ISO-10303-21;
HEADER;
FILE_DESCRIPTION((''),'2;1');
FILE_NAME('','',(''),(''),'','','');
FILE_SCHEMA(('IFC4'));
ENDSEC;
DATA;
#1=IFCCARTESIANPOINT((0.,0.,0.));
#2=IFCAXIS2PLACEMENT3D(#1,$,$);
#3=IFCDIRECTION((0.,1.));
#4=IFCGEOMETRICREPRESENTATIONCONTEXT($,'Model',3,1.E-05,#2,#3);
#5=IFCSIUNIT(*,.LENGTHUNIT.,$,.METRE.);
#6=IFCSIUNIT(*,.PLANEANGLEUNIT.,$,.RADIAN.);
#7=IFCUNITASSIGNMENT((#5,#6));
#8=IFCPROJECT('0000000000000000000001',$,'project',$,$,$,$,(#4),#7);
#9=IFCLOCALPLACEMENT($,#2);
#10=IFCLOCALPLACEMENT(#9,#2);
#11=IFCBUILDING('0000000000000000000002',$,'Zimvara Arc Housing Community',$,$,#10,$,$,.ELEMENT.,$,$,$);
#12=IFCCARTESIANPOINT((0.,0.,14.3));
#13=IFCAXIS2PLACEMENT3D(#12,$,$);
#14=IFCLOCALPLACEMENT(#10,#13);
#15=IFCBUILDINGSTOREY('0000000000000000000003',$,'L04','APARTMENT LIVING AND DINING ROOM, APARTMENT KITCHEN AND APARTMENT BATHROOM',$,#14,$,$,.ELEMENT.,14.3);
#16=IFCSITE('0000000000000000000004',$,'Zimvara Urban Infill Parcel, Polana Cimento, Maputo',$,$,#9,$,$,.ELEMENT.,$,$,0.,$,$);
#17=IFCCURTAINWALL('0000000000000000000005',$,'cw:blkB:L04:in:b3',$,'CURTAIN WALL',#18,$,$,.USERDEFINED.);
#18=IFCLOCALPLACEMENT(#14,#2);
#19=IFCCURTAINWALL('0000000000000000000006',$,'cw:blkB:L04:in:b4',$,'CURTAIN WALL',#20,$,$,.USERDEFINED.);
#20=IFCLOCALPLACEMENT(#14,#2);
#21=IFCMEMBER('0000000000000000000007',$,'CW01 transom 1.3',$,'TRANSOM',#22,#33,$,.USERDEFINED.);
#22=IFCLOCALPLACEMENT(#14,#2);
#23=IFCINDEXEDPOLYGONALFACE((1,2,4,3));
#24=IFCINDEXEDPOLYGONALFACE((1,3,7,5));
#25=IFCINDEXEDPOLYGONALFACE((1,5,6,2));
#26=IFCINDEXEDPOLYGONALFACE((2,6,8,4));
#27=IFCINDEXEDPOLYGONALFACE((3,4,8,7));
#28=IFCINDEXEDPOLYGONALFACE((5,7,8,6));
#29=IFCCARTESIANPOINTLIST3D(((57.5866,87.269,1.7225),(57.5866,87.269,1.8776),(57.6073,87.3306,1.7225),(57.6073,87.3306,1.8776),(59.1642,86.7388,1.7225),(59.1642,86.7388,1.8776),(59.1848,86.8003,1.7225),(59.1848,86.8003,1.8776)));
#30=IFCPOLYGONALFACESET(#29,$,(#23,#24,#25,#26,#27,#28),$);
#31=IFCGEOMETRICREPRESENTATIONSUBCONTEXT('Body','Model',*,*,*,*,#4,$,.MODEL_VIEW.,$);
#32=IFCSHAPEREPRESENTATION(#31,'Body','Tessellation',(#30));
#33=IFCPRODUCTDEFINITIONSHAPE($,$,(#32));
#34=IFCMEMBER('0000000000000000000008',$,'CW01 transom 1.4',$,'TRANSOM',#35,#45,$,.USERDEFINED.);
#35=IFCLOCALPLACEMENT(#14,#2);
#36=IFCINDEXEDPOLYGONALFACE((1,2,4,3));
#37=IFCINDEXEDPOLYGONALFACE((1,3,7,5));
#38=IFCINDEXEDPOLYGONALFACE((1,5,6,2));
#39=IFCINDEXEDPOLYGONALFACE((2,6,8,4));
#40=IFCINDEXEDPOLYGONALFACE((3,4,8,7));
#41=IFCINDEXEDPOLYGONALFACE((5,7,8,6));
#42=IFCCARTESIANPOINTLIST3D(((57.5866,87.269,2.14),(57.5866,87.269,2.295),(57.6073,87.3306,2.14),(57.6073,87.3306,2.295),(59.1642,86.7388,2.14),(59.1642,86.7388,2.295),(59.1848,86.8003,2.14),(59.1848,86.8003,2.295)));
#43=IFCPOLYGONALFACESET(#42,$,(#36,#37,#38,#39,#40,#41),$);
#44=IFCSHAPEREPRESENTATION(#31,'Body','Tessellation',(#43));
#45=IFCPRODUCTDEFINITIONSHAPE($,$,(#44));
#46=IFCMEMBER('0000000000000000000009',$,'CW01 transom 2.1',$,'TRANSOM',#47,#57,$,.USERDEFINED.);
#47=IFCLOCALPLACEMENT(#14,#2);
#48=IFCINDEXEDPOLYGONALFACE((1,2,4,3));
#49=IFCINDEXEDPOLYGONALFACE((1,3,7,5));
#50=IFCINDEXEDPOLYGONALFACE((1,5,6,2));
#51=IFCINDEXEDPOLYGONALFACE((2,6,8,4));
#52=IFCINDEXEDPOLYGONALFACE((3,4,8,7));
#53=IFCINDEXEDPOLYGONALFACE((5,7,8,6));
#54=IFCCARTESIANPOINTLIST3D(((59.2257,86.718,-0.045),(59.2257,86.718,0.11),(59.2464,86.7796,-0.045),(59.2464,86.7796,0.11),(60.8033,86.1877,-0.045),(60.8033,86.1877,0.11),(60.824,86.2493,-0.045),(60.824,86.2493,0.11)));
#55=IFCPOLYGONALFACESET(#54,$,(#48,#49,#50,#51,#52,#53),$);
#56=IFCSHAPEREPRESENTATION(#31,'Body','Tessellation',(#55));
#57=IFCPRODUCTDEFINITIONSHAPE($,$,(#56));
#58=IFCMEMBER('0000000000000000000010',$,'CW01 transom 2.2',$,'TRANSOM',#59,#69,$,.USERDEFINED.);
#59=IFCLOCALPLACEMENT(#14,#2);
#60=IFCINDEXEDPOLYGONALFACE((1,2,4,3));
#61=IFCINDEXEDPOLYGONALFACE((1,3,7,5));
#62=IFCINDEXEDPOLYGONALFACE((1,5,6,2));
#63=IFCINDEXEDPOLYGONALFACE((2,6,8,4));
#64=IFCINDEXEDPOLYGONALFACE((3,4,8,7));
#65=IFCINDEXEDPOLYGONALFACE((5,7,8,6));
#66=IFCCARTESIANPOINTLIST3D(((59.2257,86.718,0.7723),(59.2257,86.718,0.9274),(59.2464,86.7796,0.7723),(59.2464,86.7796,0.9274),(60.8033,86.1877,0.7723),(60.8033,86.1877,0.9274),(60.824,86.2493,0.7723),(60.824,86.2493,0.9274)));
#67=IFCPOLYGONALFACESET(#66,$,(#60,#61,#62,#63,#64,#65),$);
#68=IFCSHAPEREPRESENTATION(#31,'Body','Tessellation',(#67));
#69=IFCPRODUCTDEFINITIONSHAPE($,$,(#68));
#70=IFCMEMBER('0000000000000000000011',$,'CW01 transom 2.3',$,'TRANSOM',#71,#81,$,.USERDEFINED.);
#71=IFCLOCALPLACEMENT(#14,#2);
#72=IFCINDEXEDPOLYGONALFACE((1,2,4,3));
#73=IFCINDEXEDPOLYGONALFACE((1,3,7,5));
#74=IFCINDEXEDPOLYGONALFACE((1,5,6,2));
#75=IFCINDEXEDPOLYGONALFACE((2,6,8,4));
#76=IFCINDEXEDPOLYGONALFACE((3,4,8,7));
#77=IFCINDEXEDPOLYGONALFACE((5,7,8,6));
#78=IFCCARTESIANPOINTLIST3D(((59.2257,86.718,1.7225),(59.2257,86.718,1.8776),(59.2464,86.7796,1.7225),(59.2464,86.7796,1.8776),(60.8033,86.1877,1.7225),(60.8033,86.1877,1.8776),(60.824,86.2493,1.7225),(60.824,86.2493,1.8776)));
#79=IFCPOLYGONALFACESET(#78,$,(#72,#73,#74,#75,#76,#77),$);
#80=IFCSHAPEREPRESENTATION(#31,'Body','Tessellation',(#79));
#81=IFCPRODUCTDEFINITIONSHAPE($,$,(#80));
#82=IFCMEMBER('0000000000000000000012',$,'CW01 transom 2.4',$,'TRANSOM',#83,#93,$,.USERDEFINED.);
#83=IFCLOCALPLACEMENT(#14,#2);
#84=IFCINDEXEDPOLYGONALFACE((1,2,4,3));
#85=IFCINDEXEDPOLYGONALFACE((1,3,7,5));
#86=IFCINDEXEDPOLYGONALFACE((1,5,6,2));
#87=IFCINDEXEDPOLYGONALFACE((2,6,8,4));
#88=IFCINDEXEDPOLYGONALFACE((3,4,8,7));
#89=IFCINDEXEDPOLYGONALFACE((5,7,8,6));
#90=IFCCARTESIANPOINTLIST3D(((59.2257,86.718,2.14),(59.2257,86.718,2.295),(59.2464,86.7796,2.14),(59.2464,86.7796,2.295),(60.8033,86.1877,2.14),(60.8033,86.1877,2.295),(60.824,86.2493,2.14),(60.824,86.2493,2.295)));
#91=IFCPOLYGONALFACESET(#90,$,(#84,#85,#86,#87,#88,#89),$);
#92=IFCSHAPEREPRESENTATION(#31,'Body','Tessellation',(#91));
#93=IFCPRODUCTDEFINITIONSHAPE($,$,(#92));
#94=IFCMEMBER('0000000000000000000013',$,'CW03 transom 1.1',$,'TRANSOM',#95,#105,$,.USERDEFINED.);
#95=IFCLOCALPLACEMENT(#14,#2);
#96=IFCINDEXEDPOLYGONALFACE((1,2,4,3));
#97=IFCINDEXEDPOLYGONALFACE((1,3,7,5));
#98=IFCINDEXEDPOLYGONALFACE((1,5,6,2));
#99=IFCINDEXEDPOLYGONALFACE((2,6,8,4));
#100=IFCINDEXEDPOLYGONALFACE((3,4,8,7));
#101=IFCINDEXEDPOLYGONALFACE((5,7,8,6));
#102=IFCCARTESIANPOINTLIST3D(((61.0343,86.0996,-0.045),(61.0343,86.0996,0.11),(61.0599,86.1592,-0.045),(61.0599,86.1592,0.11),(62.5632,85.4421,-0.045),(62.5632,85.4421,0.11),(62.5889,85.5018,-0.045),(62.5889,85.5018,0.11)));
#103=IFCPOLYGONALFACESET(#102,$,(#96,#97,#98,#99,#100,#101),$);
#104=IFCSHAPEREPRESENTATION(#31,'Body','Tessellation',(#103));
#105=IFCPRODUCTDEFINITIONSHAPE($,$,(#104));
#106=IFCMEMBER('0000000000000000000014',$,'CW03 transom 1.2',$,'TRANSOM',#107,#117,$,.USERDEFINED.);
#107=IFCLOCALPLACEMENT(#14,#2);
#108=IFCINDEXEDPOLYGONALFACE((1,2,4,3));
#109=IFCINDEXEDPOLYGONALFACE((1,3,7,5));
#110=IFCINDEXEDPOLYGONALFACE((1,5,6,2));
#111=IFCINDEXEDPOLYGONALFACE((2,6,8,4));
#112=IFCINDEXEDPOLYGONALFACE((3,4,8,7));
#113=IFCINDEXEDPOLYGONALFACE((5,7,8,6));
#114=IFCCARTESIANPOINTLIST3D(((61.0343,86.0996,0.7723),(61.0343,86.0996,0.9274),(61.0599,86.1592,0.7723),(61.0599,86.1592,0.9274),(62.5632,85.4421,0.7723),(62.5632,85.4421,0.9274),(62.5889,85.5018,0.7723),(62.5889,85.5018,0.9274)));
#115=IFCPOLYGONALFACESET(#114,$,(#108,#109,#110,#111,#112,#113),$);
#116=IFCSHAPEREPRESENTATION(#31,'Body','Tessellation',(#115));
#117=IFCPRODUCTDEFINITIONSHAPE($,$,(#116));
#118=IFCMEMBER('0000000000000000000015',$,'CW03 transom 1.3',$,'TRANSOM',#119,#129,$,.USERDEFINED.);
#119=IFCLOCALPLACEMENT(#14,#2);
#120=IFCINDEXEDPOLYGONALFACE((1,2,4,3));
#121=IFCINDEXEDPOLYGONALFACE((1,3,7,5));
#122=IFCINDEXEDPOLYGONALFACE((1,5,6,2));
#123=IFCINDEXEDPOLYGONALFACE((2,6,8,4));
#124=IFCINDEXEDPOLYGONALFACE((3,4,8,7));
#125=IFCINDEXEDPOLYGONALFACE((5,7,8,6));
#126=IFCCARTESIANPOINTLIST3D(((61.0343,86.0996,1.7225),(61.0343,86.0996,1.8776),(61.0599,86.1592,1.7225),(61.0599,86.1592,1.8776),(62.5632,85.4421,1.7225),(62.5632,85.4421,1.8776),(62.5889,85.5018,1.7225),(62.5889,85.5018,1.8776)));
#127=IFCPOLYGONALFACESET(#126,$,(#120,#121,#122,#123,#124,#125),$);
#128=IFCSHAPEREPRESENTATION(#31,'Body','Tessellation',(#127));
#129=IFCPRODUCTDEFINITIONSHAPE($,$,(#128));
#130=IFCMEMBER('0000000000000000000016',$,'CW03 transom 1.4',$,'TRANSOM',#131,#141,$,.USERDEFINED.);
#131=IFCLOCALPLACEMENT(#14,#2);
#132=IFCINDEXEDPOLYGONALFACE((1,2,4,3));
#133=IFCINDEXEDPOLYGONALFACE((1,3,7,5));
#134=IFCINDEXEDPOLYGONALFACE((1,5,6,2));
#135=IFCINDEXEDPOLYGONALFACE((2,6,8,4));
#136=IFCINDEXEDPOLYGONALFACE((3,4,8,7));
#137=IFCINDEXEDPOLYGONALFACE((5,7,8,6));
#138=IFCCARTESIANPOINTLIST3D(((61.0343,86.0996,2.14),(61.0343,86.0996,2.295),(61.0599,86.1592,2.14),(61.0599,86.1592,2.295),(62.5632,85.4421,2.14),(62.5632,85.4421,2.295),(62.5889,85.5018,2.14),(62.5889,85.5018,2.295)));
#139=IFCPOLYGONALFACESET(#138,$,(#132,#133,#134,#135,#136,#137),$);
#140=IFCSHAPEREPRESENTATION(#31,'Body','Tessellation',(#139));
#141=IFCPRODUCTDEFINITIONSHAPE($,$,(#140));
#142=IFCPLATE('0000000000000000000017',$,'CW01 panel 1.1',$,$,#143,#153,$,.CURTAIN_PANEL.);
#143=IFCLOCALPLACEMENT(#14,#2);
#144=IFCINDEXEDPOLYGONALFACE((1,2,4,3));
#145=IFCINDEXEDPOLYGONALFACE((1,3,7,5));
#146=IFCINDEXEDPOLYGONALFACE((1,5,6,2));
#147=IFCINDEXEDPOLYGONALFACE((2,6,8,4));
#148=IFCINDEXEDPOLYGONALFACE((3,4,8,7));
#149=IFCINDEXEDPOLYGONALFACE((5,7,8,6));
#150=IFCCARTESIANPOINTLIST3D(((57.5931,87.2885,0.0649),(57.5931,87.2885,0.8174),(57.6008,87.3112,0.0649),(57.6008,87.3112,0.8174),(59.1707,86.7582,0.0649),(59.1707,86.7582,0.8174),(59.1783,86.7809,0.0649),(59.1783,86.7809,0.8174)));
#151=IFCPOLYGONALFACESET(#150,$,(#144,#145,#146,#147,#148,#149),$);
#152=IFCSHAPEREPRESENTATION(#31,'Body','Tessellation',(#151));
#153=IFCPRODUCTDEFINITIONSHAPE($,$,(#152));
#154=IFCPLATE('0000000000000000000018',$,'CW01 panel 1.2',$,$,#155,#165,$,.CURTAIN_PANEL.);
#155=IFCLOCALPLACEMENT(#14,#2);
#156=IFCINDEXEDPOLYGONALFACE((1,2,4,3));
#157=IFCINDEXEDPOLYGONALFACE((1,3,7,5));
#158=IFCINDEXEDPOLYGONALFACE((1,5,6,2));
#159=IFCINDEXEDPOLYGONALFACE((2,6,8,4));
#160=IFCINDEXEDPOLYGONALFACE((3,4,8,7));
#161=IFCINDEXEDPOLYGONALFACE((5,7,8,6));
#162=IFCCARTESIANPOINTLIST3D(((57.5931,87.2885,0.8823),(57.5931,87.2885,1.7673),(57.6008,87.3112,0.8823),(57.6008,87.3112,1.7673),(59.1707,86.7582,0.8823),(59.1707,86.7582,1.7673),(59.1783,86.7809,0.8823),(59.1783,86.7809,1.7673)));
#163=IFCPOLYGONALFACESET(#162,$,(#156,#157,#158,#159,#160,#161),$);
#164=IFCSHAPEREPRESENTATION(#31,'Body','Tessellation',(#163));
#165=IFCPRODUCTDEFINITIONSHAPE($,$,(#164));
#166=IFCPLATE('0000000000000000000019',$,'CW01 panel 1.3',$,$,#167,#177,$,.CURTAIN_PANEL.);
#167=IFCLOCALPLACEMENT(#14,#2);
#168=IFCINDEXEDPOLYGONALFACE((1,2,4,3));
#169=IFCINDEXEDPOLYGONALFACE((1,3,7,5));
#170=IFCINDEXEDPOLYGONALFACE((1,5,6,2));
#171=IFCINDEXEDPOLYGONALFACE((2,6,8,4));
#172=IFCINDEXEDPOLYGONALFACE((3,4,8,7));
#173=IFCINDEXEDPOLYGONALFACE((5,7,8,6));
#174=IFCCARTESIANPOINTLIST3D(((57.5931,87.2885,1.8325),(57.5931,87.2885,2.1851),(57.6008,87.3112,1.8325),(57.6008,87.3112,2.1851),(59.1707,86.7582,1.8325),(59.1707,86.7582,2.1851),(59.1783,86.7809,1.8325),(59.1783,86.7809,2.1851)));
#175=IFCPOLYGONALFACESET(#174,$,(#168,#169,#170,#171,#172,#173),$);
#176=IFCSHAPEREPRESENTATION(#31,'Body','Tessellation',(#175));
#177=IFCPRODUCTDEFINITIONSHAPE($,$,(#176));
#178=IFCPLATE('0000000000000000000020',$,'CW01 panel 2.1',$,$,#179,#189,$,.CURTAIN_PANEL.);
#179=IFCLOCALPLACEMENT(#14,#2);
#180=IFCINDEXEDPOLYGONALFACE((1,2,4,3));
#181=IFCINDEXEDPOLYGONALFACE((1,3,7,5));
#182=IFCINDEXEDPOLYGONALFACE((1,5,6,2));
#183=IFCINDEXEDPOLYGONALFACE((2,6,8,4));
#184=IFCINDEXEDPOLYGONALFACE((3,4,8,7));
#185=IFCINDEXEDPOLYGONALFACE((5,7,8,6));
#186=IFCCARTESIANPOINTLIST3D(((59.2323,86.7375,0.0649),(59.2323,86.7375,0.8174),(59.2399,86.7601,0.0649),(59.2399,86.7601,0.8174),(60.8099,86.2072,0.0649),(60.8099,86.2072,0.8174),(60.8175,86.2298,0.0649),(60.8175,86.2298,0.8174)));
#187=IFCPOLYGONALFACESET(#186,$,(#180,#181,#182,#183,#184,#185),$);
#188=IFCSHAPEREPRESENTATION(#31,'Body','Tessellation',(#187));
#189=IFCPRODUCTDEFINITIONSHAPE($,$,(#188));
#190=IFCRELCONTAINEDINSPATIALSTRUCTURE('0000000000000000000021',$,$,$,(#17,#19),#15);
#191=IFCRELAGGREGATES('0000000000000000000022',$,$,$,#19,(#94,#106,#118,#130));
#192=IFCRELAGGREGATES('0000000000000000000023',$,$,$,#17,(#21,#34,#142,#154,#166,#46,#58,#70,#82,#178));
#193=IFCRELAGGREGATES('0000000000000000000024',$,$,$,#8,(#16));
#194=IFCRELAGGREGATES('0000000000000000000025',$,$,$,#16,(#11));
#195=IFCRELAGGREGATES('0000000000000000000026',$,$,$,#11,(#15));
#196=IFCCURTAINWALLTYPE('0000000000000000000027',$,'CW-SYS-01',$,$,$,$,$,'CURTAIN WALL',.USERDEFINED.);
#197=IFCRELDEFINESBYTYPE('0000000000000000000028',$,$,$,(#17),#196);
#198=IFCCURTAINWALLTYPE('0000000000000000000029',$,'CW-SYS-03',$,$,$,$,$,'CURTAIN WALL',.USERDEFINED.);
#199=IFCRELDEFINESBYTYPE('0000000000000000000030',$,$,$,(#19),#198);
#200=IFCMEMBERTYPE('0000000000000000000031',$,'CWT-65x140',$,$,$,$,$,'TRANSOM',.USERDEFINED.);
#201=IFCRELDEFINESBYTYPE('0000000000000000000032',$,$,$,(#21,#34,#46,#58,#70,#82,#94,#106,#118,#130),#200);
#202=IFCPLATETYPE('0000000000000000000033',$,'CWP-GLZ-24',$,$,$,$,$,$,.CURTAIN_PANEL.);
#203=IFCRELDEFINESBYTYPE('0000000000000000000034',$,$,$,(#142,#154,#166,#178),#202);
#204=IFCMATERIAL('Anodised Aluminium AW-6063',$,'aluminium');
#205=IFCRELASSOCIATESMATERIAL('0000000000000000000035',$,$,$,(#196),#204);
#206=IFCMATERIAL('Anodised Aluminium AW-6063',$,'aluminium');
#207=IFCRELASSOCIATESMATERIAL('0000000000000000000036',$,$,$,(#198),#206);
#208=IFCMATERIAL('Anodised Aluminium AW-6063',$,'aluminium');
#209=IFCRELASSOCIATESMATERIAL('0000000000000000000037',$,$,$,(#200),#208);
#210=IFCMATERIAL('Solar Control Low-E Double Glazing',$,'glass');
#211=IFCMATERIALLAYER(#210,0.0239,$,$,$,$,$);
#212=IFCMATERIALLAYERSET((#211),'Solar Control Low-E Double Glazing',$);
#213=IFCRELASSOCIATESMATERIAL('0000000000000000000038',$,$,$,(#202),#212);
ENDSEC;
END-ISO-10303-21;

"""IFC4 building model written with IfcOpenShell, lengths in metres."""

from ifc_helpers import new_model, si_unit, direction, frame, origin, origin_2d, place, context, subcontext, project, spatial, rectangle, extrude, material, layer, layer_set, material_profile, profile_set, type_object, element, aggregate, save


model = new_model("IFC4")

# Units and contexts
model_context = context("Model", 3, precision=1e-05, world=origin(), true_north=direction((0.0, 1.0)))
body_context = subcontext(model_context, "Body", "Model", "MODEL_VIEW")
ifc_project = project(units=[si_unit("LENGTHUNIT", "METRE"), si_unit("PLANEANGLEUNIT", "RADIAN")], contexts=[model_context])

# Site, building, storey
site_placement = place(None, origin())
site = spatial("IfcSite", under=ifc_project, at=site_placement, Name="Zimvara Urban Infill Parcel, Polana Cimento, Maputo", CompositionType="ELEMENT", RefElevation=0.0)
building_placement = place(site_placement, origin())
building = spatial("IfcBuilding", under=site, at=building_placement, Name="Zimvara Arc Housing Community", CompositionType="ELEMENT")
storey_placement = place(building_placement, frame((0.0, 0.0, 14.3)))
storey = spatial("IfcBuildingStorey", under=building, at=storey_placement, Name="L04", Description="APARTMENT LIVING AND DINING ROOM, APARTMENT KITCHEN AND APARTMENT BATHROOM", CompositionType="ELEMENT", Elevation=14.3)

# Curtain wall
ifc_material_1 = material(Name="Anodised Aluminium AW-6063", Category="aluminium")
curtain_wall_type_1 = type_object("IfcCurtainWallType", Name="CW-SYS-01", ElementType="CURTAIN WALL", PredefinedType="USERDEFINED", material=ifc_material_1)
curtain_wall_1_placement = place(storey_placement, origin())
curtain_wall_1 = element("IfcCurtainWall", 1, at=curtain_wall_1_placement, inside=storey, type_object=curtain_wall_type_1, Name="cw:blkB:L04:in:b3", ObjectType="CURTAIN WALL", PredefinedType="USERDEFINED")

# Curtain wall
ifc_material_2 = material(Name="Anodised Aluminium AW-6063", Category="aluminium")
curtain_wall_type_2 = type_object("IfcCurtainWallType", Name="CW-SYS-03", ElementType="CURTAIN WALL", PredefinedType="USERDEFINED", material=ifc_material_2)
curtain_wall_2_placement = place(storey_placement, origin())
curtain_wall_2 = element("IfcCurtainWall", 2, at=curtain_wall_2_placement, inside=storey, type_object=curtain_wall_type_2, Name="cw:blkB:L04:in:b4", ObjectType="CURTAIN WALL", PredefinedType="USERDEFINED")

# Members
ifc_material_3 = material(Name="Anodised Aluminium AW-6063", Category="aluminium")
ifc_material_profile_1 = material_profile(ifc_material_3, rectangle(XDim=0.0649, YDim=0.155, at=origin_2d()), Name="ALU 65x155")
ifc_profile_set_1 = profile_set([ifc_material_profile_1], Name="Anodised Aluminium AW-6063")
member_type_1 = type_object("IfcMemberType", Name="CWT-65x140", ElementType="TRANSOM", PredefinedType="USERDEFINED", material=ifc_profile_set_1)
member_1_placement = place(storey_placement, frame((57.5969, 87.2998, 1.8), z_axis=(0.947888, -0.318603, 0.0), x_axis=(0.318603, 0.947888, 0.0)))
member_1 = element("IfcMember", 3, at=member_1_placement, type_object=member_type_1, Name="CW01 transom 1.3", ObjectType="TRANSOM", PredefinedType="USERDEFINED", context=body_context, shape_type="SweptSolid", body=[
    extrude(rectangle(XDim=0.0649, YDim=0.155, at=origin_2d()), origin(), (0.0, 0.0, 1.0), 1.6643),
])
member_2_placement = place(storey_placement, frame((57.5969, 87.2998, 2.2175), z_axis=(0.947888, -0.318603, 0.0), x_axis=(0.318603, 0.947888, 0.0)))
member_2 = element("IfcMember", 4, at=member_2_placement, type_object=member_type_1, Name="CW01 transom 1.4", ObjectType="TRANSOM", PredefinedType="USERDEFINED", context=body_context, shape_type="SweptSolid", body=[
    extrude(rectangle(XDim=0.0649, YDim=0.155, at=origin_2d()), origin(), (0.0, 0.0, 1.0), 1.6643),
])
member_3_placement = place(storey_placement, frame((59.2361, 86.7488, 0.0325), z_axis=(0.947888, -0.318603, 0.0), x_axis=(0.318603, 0.947888, 0.0)))
member_3 = element("IfcMember", 5, at=member_3_placement, type_object=member_type_1, Name="CW01 transom 2.1", ObjectType="TRANSOM", PredefinedType="USERDEFINED", context=body_context, shape_type="SweptSolid", body=[
    extrude(rectangle(XDim=0.0649, YDim=0.155, at=origin_2d()), origin(), (0.0, 0.0, 1.0), 1.6643),
])
member_4_placement = place(storey_placement, frame((59.2361, 86.7488, 0.8499), z_axis=(0.947888, -0.318603, 0.0), x_axis=(0.318603, 0.947888, 0.0)))
member_4 = element("IfcMember", 6, at=member_4_placement, type_object=member_type_1, Name="CW01 transom 2.2", ObjectType="TRANSOM", PredefinedType="USERDEFINED", context=body_context, shape_type="SweptSolid", body=[
    extrude(rectangle(XDim=0.0649, YDim=0.155, at=origin_2d()), origin(), (0.0, 0.0, 1.0), 1.6643),
])
member_5_placement = place(storey_placement, frame((59.2361, 86.7488, 1.8), z_axis=(0.947888, -0.318603, 0.0), x_axis=(0.318603, 0.947888, 0.0)))
member_5 = element("IfcMember", 7, at=member_5_placement, type_object=member_type_1, Name="CW01 transom 2.3", ObjectType="TRANSOM", PredefinedType="USERDEFINED", context=body_context, shape_type="SweptSolid", body=[
    extrude(rectangle(XDim=0.0649, YDim=0.155, at=origin_2d()), origin(), (0.0, 0.0, 1.0), 1.6643),
])
member_6_placement = place(storey_placement, frame((59.2361, 86.7488, 2.2175), z_axis=(0.947888, -0.318603, 0.0), x_axis=(0.318603, 0.947888, 0.0)))
member_6 = element("IfcMember", 8, at=member_6_placement, type_object=member_type_1, Name="CW01 transom 2.4", ObjectType="TRANSOM", PredefinedType="USERDEFINED", context=body_context, shape_type="SweptSolid", body=[
    extrude(rectangle(XDim=0.0649, YDim=0.155, at=origin_2d()), origin(), (0.0, 0.0, 1.0), 1.6643),
])
member_7_placement = place(storey_placement, frame((61.0471, 86.1294, 0.0325), z_axis=(0.918674, -0.395017, 0.0), x_axis=(0.395017, 0.918674, 0.0)))
member_7 = element("IfcMember", 9, at=member_7_placement, type_object=member_type_1, Name="CW03 transom 1.1", ObjectType="TRANSOM", PredefinedType="USERDEFINED", context=body_context, shape_type="SweptSolid", body=[
    extrude(rectangle(XDim=0.0649, YDim=0.155, at=origin_2d()), origin(), (0.0, 0.0, 1.0), 1.6643),
])
member_8_placement = place(storey_placement, frame((61.0471, 86.1294, 0.8499), z_axis=(0.918674, -0.395017, 0.0), x_axis=(0.395017, 0.918674, 0.0)))
member_8 = element("IfcMember", 10, at=member_8_placement, type_object=member_type_1, Name="CW03 transom 1.2", ObjectType="TRANSOM", PredefinedType="USERDEFINED", context=body_context, shape_type="SweptSolid", body=[
    extrude(rectangle(XDim=0.0649, YDim=0.155, at=origin_2d()), origin(), (0.0, 0.0, 1.0), 1.6643),
])
member_9_placement = place(storey_placement, frame((61.0471, 86.1294, 1.8), z_axis=(0.918674, -0.395017, 0.0), x_axis=(0.395017, 0.918674, 0.0)))
member_9 = element("IfcMember", 11, at=member_9_placement, type_object=member_type_1, Name="CW03 transom 1.3", ObjectType="TRANSOM", PredefinedType="USERDEFINED", context=body_context, shape_type="SweptSolid", body=[
    extrude(rectangle(XDim=0.0649, YDim=0.155, at=origin_2d()), origin(), (0.0, 0.0, 1.0), 1.6643),
])
member_10_placement = place(storey_placement, frame((61.0471, 86.1294, 2.2175), z_axis=(0.918674, -0.395017, 0.0), x_axis=(0.395017, 0.918674, 0.0)))
member_10 = element("IfcMember", 12, at=member_10_placement, type_object=member_type_1, Name="CW03 transom 1.4", ObjectType="TRANSOM", PredefinedType="USERDEFINED", context=body_context, shape_type="SweptSolid", body=[
    extrude(rectangle(XDim=0.0649, YDim=0.155, at=origin_2d()), origin(), (0.0, 0.0, 1.0), 1.6643),
])
aggregate(curtain_wall_2, [member_7, member_8, member_9, member_10])

# Plates
ifc_material_4 = material(Name="Solar Control Low-E Double Glazing", Category="glass")
ifc_layer = layer(ifc_material_4, 0.0239)
ifc_layer_set = layer_set([ifc_layer], Name="Solar Control Low-E Double Glazing")
plate_type = type_object("IfcPlateType", Name="CWP-GLZ-24", PredefinedType="CURTAIN_PANEL", material=ifc_layer_set)
plate_1_placement = place(storey_placement, frame((58.3857, 87.0347, 0.0649), z_axis=(0.0, 0.0, 1.0), x_axis=(0.947879, -0.31863, 0.0)))
plate_1 = element("IfcPlate", 13, at=plate_1_placement, type_object=plate_type, Name="CW01 panel 1.1", PredefinedType="CURTAIN_PANEL", context=body_context, shape_type="SweptSolid", body=[
    extrude(rectangle(XDim=1.6643, YDim=0.0239, at=origin_2d()), origin(), (0.0, 0.0, 1.0), 0.7524),
])
plate_2_placement = place(storey_placement, frame((58.3857, 87.0347, 0.8823), z_axis=(0.0, 0.0, 1.0), x_axis=(0.947879, -0.31863, 0.0)))
plate_2 = element("IfcPlate", 14, at=plate_2_placement, type_object=plate_type, Name="CW01 panel 1.2", PredefinedType="CURTAIN_PANEL", context=body_context, shape_type="SweptSolid", body=[
    extrude(rectangle(XDim=1.6643, YDim=0.0239, at=origin_2d()), origin(), (0.0, 0.0, 1.0), 0.885),
])
plate_3_placement = place(storey_placement, frame((58.3857, 87.0347, 1.8325), z_axis=(0.0, 0.0, 1.0), x_axis=(0.947879, -0.31863, 0.0)))
plate_3 = element("IfcPlate", 15, at=plate_3_placement, type_object=plate_type, Name="CW01 panel 1.3", PredefinedType="CURTAIN_PANEL", context=body_context, shape_type="SweptSolid", body=[
    extrude(rectangle(XDim=1.6643, YDim=0.0239, at=origin_2d()), origin(), (0.0, 0.0, 1.0), 0.3525),
])
plate_4_placement = place(storey_placement, frame((60.0249, 86.4836, 0.0649), z_axis=(0.0, 0.0, 1.0), x_axis=(0.947879, -0.31863, 0.0)))
plate_4 = element("IfcPlate", 16, at=plate_4_placement, type_object=plate_type, Name="CW01 panel 2.1", PredefinedType="CURTAIN_PANEL", context=body_context, shape_type="SweptSolid", body=[
    extrude(rectangle(XDim=1.6643, YDim=0.0239, at=origin_2d()), origin(), (0.0, 0.0, 1.0), 0.7524),
])
aggregate(curtain_wall_1, [member_1, member_2, plate_1, plate_2, plate_3, member_3, member_4, member_5, member_6, plate_4])

save(model, "model.ifc")
